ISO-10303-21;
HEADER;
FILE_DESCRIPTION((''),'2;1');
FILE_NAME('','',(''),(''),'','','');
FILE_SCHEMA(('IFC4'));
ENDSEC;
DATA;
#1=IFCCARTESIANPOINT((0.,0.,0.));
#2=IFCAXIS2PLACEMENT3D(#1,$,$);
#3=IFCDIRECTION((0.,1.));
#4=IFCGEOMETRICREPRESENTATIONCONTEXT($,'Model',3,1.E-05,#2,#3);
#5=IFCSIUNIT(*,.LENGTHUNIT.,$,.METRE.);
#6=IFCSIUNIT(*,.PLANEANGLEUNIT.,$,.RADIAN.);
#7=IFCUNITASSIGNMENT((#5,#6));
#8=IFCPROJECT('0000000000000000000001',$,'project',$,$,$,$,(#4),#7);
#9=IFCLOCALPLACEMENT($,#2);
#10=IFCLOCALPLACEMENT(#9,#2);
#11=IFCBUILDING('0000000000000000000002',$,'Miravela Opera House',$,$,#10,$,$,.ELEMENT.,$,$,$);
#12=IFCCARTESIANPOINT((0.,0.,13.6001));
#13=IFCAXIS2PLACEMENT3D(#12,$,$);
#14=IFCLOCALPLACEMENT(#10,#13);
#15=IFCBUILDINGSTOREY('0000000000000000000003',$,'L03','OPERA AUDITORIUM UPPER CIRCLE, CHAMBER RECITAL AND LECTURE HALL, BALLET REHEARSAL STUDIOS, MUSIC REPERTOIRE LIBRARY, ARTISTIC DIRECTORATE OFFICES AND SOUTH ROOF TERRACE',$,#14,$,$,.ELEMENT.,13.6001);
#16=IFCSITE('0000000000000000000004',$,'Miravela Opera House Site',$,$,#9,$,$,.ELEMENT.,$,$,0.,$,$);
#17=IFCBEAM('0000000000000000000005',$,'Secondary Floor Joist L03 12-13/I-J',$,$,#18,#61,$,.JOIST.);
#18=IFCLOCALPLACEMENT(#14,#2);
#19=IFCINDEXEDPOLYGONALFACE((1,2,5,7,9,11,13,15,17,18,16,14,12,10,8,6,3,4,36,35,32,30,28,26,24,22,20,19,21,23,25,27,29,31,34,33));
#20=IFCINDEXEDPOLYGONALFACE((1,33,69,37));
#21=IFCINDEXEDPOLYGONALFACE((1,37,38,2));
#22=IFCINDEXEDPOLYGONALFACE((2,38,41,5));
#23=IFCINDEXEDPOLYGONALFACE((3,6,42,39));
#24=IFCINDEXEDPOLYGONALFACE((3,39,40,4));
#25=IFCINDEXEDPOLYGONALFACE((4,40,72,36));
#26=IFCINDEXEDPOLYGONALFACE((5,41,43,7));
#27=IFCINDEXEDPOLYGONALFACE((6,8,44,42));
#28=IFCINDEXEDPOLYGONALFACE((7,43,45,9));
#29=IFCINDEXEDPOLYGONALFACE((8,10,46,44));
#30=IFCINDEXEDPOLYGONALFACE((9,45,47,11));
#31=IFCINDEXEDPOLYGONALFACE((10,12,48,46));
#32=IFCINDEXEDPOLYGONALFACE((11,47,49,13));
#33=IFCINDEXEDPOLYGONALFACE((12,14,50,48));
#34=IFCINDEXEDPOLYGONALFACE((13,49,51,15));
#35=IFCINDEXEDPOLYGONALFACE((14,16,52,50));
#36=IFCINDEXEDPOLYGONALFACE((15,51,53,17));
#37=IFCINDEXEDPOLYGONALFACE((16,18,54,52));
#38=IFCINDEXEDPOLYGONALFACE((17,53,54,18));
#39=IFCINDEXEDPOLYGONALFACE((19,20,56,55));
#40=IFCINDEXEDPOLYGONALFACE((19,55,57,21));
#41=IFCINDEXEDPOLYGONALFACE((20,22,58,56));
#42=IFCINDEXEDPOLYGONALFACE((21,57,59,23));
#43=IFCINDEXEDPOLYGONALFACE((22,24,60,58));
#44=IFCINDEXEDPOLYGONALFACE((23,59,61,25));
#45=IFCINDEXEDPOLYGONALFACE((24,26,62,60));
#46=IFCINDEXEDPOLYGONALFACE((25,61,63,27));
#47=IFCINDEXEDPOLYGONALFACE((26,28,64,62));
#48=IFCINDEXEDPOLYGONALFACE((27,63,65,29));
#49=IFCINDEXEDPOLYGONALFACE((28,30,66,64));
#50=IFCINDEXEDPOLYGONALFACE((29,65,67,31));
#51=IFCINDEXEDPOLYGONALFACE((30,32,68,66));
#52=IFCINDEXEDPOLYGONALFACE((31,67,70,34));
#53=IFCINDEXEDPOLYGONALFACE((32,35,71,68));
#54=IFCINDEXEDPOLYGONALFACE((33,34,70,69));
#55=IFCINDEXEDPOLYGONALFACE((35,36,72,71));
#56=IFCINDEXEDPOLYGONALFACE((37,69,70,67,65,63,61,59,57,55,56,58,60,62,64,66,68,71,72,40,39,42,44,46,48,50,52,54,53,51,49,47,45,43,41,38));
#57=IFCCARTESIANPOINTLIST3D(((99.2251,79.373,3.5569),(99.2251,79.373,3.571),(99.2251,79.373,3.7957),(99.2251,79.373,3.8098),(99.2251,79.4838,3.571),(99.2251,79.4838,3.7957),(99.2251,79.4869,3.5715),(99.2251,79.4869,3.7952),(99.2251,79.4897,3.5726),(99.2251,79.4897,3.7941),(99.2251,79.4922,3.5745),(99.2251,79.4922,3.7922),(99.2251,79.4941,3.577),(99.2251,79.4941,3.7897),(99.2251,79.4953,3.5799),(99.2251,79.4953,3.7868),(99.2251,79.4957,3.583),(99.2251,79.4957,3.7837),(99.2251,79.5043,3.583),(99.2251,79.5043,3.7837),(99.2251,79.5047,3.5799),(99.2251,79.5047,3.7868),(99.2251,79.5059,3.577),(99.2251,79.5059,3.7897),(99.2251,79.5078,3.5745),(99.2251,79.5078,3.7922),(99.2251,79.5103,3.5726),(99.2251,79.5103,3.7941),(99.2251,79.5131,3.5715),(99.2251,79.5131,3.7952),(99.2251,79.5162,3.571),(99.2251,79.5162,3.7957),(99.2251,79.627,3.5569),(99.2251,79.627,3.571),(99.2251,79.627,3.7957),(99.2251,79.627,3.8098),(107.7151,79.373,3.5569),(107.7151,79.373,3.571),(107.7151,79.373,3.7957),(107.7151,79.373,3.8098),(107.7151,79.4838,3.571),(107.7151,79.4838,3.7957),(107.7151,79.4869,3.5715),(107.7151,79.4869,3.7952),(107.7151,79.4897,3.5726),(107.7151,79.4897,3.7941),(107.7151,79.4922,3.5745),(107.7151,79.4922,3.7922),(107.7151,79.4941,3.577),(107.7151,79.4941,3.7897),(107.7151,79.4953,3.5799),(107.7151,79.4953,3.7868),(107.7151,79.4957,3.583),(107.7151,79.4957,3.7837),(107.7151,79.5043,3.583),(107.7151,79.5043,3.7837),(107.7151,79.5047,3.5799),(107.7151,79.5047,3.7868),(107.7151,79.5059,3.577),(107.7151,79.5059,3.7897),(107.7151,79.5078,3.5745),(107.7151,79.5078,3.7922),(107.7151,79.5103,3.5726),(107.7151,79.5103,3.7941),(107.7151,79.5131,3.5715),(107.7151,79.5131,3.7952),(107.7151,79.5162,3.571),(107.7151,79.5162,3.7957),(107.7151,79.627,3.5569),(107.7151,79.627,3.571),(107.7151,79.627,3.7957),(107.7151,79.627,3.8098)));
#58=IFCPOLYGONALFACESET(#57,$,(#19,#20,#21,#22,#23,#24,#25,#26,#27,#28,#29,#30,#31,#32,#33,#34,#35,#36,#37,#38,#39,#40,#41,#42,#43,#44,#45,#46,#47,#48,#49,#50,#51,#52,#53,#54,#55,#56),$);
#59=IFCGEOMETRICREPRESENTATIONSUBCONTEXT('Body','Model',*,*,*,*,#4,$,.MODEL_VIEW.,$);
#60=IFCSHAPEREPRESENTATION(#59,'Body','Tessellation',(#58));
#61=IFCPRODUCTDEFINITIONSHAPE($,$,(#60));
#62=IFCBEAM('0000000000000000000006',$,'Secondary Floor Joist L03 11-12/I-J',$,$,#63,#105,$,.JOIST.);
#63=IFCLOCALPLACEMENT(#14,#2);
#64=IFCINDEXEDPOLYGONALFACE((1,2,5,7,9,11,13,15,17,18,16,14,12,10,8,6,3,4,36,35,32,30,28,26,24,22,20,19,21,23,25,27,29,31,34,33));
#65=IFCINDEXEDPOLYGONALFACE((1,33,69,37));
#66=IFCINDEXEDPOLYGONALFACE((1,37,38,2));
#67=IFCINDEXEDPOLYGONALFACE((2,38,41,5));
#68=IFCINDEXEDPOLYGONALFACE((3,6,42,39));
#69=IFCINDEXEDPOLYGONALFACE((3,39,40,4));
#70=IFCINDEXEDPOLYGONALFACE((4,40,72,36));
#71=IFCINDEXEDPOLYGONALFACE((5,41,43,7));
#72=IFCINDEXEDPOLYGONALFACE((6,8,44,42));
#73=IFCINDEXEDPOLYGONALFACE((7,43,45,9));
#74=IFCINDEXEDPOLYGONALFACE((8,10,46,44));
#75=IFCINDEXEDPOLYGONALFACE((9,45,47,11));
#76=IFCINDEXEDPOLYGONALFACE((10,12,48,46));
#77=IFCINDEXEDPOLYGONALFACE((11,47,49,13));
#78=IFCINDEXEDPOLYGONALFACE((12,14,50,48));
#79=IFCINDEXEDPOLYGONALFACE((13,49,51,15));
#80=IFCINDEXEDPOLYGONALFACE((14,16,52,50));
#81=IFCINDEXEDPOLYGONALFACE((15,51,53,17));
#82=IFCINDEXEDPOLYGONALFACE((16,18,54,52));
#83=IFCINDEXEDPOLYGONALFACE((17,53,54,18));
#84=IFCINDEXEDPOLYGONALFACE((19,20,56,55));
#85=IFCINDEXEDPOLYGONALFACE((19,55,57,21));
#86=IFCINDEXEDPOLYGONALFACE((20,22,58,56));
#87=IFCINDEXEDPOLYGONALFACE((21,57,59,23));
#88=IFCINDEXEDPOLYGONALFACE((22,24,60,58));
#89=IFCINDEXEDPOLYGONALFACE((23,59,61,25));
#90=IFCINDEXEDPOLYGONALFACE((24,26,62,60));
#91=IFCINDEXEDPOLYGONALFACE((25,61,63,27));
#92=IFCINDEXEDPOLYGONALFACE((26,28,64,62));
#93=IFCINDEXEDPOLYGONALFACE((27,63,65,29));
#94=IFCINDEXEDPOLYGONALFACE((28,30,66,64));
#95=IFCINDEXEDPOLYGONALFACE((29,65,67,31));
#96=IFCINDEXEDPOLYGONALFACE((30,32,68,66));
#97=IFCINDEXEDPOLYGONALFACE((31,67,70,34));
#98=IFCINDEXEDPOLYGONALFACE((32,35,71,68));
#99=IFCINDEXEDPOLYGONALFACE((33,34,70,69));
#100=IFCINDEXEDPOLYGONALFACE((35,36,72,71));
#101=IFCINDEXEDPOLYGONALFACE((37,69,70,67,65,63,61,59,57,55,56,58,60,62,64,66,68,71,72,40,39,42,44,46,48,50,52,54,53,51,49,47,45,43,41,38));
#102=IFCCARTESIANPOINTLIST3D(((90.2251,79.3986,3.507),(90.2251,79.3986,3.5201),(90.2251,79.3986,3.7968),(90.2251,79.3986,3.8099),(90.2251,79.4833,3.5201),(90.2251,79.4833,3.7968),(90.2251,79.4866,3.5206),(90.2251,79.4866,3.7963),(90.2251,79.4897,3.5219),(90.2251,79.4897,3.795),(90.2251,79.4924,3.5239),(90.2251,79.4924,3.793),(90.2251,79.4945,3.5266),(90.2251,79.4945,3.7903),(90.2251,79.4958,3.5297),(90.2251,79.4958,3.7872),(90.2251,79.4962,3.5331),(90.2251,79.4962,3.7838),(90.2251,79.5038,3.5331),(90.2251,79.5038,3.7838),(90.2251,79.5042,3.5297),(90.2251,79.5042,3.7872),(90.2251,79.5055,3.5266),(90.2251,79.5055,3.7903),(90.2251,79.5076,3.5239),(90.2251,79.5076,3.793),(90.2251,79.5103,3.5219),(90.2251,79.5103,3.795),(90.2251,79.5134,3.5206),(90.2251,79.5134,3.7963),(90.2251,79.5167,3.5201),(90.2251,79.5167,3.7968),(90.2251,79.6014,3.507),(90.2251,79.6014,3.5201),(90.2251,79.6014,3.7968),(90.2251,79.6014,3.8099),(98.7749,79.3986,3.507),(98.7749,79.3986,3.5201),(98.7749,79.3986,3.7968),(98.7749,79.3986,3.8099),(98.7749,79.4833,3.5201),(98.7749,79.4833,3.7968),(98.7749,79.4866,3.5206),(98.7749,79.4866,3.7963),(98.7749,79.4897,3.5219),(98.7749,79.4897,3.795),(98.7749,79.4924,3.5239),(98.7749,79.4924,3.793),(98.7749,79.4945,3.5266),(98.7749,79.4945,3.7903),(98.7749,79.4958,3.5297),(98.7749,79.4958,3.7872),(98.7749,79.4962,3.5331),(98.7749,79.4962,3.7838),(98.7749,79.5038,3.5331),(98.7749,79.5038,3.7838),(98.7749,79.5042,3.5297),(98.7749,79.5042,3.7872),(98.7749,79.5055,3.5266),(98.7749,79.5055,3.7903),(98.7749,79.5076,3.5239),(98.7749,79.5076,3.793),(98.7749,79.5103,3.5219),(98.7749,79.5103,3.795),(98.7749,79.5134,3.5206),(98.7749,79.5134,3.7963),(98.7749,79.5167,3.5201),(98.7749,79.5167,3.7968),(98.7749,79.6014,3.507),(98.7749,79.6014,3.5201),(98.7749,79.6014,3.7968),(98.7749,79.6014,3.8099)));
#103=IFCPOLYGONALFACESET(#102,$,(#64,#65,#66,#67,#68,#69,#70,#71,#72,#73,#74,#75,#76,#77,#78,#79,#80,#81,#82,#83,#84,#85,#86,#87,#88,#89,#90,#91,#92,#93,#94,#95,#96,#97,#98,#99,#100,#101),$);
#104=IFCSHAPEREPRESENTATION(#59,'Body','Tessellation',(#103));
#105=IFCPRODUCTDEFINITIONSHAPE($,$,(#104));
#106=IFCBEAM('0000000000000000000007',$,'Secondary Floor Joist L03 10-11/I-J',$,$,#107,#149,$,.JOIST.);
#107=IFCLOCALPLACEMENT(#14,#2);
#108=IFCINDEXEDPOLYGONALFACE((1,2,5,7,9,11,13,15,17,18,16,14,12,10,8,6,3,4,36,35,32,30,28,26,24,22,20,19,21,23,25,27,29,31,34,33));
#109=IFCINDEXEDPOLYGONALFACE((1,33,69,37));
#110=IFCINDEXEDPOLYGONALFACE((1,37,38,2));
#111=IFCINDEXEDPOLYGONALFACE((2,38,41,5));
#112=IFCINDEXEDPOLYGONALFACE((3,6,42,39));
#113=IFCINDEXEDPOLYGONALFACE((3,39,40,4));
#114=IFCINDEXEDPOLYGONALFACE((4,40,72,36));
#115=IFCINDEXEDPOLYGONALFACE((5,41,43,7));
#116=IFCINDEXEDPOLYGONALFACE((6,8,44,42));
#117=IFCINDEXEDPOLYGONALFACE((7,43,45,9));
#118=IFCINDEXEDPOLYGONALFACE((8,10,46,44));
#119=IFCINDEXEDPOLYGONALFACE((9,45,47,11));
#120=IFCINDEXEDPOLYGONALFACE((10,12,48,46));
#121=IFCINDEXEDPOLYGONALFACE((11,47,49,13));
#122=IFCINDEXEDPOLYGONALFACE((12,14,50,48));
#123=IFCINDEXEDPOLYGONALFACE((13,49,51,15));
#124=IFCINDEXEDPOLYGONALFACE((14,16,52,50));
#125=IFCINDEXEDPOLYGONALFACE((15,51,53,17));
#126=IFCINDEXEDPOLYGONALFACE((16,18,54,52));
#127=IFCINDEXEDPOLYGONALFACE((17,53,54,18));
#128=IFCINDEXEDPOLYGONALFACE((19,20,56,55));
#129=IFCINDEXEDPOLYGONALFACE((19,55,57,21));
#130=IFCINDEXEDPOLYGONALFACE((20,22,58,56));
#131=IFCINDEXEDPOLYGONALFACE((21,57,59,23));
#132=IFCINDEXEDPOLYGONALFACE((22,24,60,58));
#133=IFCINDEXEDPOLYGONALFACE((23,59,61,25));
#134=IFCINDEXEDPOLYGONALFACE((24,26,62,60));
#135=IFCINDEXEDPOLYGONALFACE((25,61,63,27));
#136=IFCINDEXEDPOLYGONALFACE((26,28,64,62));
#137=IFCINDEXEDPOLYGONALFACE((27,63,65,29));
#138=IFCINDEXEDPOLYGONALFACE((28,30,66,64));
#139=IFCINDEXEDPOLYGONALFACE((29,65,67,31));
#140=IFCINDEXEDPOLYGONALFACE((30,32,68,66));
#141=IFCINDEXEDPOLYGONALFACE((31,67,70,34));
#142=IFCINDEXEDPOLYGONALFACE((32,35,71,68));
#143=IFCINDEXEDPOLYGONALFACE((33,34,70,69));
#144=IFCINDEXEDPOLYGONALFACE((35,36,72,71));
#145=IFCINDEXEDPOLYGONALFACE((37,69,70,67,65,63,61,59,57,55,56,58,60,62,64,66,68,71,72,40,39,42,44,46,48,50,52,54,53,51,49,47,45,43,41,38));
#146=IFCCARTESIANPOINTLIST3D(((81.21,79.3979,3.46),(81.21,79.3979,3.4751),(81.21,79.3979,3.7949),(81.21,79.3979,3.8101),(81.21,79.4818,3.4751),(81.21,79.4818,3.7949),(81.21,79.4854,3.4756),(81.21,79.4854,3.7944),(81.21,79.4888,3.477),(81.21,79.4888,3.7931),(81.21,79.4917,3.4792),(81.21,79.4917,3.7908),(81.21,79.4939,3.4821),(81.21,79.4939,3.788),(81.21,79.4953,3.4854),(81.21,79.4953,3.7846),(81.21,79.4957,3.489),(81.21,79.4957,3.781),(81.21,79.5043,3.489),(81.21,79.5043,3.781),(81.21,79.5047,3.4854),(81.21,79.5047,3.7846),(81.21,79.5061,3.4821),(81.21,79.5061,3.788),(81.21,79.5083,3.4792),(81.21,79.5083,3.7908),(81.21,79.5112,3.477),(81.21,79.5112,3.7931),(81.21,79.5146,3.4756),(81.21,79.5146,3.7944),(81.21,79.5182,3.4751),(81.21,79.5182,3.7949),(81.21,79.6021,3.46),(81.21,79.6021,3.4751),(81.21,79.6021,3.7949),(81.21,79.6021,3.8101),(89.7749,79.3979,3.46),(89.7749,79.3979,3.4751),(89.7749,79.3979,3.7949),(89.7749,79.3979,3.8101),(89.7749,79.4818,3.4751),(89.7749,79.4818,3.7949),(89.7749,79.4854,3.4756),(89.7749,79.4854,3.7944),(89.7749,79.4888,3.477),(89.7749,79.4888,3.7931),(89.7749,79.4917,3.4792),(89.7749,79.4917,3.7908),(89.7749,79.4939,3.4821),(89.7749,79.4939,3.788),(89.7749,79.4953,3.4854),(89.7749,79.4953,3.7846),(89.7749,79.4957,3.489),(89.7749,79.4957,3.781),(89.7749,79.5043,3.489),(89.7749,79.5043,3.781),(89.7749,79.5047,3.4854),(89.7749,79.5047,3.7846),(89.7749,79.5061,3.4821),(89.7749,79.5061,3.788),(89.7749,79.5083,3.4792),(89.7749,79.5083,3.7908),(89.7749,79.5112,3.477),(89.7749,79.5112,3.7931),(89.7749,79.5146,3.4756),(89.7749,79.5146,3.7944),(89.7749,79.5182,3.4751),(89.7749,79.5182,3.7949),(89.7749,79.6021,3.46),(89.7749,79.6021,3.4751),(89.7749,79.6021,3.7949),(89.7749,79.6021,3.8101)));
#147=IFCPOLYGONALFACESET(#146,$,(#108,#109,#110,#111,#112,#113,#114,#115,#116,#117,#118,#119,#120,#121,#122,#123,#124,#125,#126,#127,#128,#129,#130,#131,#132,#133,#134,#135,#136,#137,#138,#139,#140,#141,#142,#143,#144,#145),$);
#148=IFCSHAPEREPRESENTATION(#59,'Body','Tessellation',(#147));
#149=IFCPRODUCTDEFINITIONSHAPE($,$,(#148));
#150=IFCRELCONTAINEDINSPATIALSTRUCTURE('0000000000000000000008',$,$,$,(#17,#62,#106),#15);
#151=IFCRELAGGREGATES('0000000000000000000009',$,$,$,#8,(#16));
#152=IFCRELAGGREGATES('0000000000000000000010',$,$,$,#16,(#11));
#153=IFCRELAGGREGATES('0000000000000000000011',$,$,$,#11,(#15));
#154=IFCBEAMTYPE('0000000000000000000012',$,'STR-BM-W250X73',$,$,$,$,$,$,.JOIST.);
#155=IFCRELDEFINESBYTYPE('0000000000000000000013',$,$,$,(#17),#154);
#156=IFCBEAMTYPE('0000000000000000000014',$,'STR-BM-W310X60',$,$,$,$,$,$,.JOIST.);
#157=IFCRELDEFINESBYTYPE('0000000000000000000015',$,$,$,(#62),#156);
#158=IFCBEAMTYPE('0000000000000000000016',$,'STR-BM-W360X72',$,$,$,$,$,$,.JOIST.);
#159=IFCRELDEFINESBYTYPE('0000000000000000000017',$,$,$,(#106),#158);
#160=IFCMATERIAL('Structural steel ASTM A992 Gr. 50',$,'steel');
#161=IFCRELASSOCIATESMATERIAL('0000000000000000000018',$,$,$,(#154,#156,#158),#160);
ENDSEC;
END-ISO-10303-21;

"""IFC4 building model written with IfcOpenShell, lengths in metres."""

from ifc_helpers import new_model, si_unit, direction, frame, origin, origin_2d, place, context, subcontext, project, spatial, i_section, extrude, material, material_profile, profile_set, type_object, element, save


model = new_model("IFC4")

# Units and contexts
model_context = context("Model", 3, precision=1e-05, world=origin(), true_north=direction((0.0, 1.0)))
body_context = subcontext(model_context, "Body", "Model", "MODEL_VIEW")
ifc_project = project(units=[si_unit("LENGTHUNIT", "METRE"), si_unit("PLANEANGLEUNIT", "RADIAN")], contexts=[model_context])

# Site, building, storey
site_placement = place(None, origin())
site = spatial("IfcSite", under=ifc_project, at=site_placement, Name="Miravela Opera House Site", CompositionType="ELEMENT", RefElevation=0.0)
building_placement = place(site_placement, origin())
building = spatial("IfcBuilding", under=site, at=building_placement, Name="Miravela Opera House", CompositionType="ELEMENT")
storey_placement = place(building_placement, frame((0.0, 0.0, 13.6001)))
storey = spatial("IfcBuildingStorey", under=building, at=storey_placement, Name="L03", Description="OPERA AUDITORIUM UPPER CIRCLE, CHAMBER RECITAL AND LECTURE HALL, BALLET REHEARSAL STUDIOS, MUSIC REPERTOIRE LIBRARY, ARTISTIC DIRECTORATE OFFICES AND SOUTH ROOF TERRACE", CompositionType="ELEMENT", Elevation=13.6001)

# Beams
ifc_material_1 = material(Name="Structural steel ASTM A992 Gr. 50", Category="steel")
ifc_material_profile_1 = material_profile(ifc_material_1, i_section(OverallWidth=0.2539, OverallDepth=0.2529, WebThickness=0.0085, FlangeThickness=0.0142, FilletRadius=0.012, at=origin_2d()), Name="W250X73")
ifc_profile_set_1 = profile_set([ifc_material_profile_1])
beam_type_1 = type_object("IfcBeamType", Name="STR-BM-W250X73", PredefinedType="JOIST", material=ifc_profile_set_1)
beam_1_placement = place(storey_placement, frame((99.2251, 79.5, 3.6833), z_axis=(1.0, 0.0, 0.0), x_axis=(0.0, 1.0, 0.0)))
element("IfcBeam", 1, at=beam_1_placement, inside=storey, type_object=beam_type_1, Name="Secondary Floor Joist L03 12-13/I-J", PredefinedType="JOIST", context=body_context, shape_type="SweptSolid", body=[
    extrude(i_section(OverallWidth=0.2539, OverallDepth=0.2529, WebThickness=0.0085, FlangeThickness=0.0142, FilletRadius=0.012, at=origin_2d()), origin(), (0.0, 0.0, 1.0), 8.49),
])
ifc_material_profile_2 = material_profile(ifc_material_1, i_section(OverallWidth=0.2029, OverallDepth=0.303, WebThickness=0.0076, FlangeThickness=0.0132, FilletRadius=0.0129, at=origin_2d()), Name="W310X60")
ifc_profile_set_2 = profile_set([ifc_material_profile_2])
beam_type_2 = type_object("IfcBeamType", Name="STR-BM-W310X60", PredefinedType="JOIST", material=ifc_profile_set_2)
beam_2_placement = place(storey_placement, frame((90.2251, 79.5, 3.6584), z_axis=(1.0, 0.0, 0.0), x_axis=(0.0, 1.0, 0.0)))
element("IfcBeam", 2, at=beam_2_placement, inside=storey, type_object=beam_type_2, Name="Secondary Floor Joist L03 11-12/I-J", PredefinedType="JOIST", context=body_context, shape_type="SweptSolid", body=[
    extrude(i_section(OverallWidth=0.2029, OverallDepth=0.303, WebThickness=0.0076, FlangeThickness=0.0132, FilletRadius=0.0129, at=origin_2d()), origin(), (0.0, 0.0, 1.0), 8.5498),
])
ifc_material_profile_3 = material_profile(ifc_material_1, i_section(OverallWidth=0.2041, OverallDepth=0.3501, WebThickness=0.0085, FlangeThickness=0.0151, FilletRadius=0.0139, at=origin_2d()), Name="W360X72")
ifc_profile_set_3 = profile_set([ifc_material_profile_3])
beam_type_3 = type_object("IfcBeamType", Name="STR-BM-W360X72", PredefinedType="JOIST", material=ifc_profile_set_3)
beam_3_placement = place(storey_placement, frame((81.21, 79.5, 3.635), z_axis=(1.0, 0.0, 0.0), x_axis=(0.0, 1.0, 0.0)))
element("IfcBeam", 3, at=beam_3_placement, inside=storey, type_object=beam_type_3, Name="Secondary Floor Joist L03 10-11/I-J", PredefinedType="JOIST", context=body_context, shape_type="SweptSolid", body=[
    extrude(i_section(OverallWidth=0.2041, OverallDepth=0.3501, WebThickness=0.0085, FlangeThickness=0.0151, FilletRadius=0.0139, at=origin_2d()), origin(), (0.0, 0.0, 1.0), 8.5649),
])

save(model, "model.ifc")
